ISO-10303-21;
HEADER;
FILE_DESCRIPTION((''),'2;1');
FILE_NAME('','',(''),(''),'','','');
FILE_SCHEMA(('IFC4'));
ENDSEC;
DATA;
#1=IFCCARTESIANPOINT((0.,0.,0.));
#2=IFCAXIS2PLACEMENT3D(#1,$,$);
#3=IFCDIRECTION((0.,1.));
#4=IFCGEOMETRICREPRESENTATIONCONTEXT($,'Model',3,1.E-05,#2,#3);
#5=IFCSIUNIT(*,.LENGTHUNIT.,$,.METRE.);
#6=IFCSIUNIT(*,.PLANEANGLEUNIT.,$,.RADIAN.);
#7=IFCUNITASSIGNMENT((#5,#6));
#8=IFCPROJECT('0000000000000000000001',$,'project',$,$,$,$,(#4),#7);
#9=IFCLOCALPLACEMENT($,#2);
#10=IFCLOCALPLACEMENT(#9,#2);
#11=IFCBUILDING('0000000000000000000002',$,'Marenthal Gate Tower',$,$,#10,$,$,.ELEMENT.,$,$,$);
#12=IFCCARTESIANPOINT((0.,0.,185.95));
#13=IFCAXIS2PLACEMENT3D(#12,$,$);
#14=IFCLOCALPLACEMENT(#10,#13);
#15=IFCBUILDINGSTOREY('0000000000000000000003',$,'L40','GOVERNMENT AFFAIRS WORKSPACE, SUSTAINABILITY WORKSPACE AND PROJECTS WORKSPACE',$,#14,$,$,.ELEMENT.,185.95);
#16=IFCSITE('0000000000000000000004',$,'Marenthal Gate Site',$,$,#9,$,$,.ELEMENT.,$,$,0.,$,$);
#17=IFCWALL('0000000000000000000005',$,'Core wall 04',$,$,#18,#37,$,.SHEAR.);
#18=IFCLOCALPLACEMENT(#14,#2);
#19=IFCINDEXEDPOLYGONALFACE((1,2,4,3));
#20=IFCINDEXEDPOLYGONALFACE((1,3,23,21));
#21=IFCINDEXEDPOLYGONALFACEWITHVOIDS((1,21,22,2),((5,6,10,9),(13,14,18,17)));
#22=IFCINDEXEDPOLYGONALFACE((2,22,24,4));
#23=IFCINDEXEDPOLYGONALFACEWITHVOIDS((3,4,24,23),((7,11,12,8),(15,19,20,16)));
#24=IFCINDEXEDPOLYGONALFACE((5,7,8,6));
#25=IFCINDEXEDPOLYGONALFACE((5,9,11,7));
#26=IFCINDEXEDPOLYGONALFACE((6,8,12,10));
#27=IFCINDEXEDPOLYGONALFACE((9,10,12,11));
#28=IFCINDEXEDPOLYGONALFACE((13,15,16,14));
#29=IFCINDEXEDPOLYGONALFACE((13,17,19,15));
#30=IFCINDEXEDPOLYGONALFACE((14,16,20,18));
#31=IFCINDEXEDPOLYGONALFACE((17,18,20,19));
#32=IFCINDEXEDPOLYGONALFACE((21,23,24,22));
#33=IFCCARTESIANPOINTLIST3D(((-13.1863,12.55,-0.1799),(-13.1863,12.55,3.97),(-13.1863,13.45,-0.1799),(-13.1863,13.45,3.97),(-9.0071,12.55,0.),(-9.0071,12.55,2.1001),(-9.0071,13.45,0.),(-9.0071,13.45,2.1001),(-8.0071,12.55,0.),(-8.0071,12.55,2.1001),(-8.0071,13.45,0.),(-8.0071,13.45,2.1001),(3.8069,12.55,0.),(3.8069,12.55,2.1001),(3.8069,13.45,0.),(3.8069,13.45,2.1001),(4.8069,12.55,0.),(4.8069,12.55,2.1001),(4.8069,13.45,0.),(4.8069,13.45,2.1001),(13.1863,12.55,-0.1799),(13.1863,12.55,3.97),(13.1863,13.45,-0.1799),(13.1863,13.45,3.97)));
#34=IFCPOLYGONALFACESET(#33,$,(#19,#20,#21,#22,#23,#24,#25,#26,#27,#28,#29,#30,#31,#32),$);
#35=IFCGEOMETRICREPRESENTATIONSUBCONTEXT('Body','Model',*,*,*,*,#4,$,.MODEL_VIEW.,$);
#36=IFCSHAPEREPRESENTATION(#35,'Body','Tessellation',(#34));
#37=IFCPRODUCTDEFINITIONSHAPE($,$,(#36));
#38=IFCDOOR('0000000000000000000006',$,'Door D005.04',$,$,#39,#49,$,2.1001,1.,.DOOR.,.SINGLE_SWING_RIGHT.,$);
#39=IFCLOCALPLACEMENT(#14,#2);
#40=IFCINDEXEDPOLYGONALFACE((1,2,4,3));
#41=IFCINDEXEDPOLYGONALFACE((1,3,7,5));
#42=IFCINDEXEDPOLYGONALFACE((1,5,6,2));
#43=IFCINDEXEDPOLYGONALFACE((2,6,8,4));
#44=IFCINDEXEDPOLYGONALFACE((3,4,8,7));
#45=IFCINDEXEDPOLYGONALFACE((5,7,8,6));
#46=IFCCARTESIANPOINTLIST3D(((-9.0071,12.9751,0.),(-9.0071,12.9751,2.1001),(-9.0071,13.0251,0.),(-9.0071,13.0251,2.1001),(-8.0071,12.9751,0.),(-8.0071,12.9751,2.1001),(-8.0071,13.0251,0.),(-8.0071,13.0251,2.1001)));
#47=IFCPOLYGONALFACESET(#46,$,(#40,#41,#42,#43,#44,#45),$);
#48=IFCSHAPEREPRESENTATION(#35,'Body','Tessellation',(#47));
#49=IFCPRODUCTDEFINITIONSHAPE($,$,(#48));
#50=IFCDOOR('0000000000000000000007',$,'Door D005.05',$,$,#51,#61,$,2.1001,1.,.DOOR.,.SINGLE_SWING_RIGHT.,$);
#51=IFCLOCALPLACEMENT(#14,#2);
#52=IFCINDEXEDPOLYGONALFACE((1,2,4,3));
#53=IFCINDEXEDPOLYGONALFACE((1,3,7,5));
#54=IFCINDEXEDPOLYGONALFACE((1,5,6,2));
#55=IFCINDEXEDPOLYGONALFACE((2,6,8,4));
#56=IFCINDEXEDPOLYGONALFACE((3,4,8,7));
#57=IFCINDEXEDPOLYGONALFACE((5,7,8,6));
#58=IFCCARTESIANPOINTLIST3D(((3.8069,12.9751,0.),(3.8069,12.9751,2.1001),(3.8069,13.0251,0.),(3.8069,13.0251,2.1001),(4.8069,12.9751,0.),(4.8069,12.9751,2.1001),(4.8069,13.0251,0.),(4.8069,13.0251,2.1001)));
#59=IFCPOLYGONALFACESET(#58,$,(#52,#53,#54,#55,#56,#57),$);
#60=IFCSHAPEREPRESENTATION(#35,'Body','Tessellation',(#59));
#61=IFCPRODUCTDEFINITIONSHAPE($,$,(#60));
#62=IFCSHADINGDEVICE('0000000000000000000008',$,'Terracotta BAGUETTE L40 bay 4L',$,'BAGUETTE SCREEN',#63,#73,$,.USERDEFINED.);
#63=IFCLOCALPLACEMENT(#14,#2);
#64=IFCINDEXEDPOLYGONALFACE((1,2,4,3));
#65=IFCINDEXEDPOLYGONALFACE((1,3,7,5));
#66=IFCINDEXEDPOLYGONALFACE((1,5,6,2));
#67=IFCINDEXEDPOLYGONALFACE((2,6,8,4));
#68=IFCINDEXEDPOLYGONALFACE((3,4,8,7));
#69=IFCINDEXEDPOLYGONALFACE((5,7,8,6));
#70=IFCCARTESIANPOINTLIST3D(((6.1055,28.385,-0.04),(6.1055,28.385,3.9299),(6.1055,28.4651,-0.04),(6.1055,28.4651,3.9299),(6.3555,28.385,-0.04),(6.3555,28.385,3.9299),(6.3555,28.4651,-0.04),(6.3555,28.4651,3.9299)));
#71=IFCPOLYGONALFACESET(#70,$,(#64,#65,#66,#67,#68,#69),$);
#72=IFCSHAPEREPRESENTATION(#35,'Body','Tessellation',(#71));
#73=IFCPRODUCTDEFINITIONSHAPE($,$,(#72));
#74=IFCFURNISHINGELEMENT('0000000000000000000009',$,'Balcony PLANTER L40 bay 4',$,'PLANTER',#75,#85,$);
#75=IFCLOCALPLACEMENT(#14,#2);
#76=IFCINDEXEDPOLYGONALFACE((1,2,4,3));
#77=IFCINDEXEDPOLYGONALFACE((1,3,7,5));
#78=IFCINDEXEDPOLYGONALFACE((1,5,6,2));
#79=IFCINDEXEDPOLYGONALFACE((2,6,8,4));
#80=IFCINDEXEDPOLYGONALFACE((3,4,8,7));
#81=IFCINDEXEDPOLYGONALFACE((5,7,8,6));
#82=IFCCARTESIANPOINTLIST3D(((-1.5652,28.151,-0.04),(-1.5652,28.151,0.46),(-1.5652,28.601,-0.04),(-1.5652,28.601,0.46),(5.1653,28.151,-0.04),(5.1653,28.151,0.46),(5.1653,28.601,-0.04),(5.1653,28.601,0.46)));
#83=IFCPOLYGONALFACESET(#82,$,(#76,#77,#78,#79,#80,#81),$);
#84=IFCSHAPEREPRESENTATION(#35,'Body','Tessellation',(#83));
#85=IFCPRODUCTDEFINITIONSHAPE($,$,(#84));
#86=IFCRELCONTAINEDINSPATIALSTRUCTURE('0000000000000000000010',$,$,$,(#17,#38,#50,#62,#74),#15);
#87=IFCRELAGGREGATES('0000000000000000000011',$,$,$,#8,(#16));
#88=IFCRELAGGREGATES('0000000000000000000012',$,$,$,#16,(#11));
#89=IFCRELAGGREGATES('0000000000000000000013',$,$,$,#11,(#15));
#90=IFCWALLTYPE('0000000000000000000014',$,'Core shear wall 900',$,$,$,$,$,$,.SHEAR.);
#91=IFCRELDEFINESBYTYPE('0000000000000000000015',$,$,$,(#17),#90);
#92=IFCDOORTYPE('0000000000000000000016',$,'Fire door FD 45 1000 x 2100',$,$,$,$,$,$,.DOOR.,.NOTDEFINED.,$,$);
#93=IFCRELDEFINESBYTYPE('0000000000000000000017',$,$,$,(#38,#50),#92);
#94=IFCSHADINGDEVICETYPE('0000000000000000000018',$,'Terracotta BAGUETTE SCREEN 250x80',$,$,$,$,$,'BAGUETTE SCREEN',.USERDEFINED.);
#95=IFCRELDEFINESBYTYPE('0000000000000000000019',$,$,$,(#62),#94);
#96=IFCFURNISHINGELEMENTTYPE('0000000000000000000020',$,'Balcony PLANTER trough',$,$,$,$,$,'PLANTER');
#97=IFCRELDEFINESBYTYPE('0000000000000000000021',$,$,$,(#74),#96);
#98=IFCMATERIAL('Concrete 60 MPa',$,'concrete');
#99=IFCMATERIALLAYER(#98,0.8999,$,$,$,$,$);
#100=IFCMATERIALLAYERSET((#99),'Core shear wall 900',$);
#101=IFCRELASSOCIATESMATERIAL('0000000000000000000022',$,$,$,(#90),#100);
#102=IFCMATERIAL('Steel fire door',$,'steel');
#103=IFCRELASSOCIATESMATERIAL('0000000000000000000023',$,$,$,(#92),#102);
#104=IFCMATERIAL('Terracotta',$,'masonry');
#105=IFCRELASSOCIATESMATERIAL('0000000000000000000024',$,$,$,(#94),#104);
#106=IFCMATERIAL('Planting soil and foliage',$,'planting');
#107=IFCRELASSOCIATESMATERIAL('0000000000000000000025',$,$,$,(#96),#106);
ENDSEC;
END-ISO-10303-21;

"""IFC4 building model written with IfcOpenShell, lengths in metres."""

from ifc_helpers import new_model, si_unit, direction, frame, frame_2d, origin, origin_2d, place, context, subcontext, project, spatial, rectangle, extrude, material, layer, layer_set, material_profile, profile_set, type_object, element, fill, save


model = new_model("IFC4")

# Units and contexts
model_context = context("Model", 3, precision=1e-05, world=origin(), true_north=direction((0.0, 1.0)))
body_context = subcontext(model_context, "Body", "Model", "MODEL_VIEW")
ifc_project = project(units=[si_unit("LENGTHUNIT", "METRE"), si_unit("PLANEANGLEUNIT", "RADIAN")], contexts=[model_context])

# Site, building, storey
site_placement = place(None, origin())
site = spatial("IfcSite", under=ifc_project, at=site_placement, Name="Marenthal Gate Site", CompositionType="ELEMENT", RefElevation=0.0)
building_placement = place(site_placement, origin())
building = spatial("IfcBuilding", under=site, at=building_placement, Name="Marenthal Gate Tower", CompositionType="ELEMENT")
storey_placement = place(building_placement, frame((0.0, 0.0, 185.95)))
storey = spatial("IfcBuildingStorey", under=building, at=storey_placement, Name="L40", Description="GOVERNMENT AFFAIRS WORKSPACE, SUSTAINABILITY WORKSPACE AND PROJECTS WORKSPACE", CompositionType="ELEMENT", Elevation=185.95)

# Shared definitions
ifc_material_1 = material(Name="Concrete 60 MPa", Category="concrete")
ifc_layer_1 = layer(ifc_material_1, 0.8999)
ifc_layer_set_1 = layer_set([ifc_layer_1], Name="Core shear wall 900")
wall_type_1 = type_object("IfcWallType", Name="Core shear wall 900", PredefinedType="SHEAR", material=ifc_layer_set_1)

# Wall, openings, doors
wall_1_placement = place(storey_placement, frame((13.1863, 13.0, -0.1799), z_axis=(0.0, 0.0, 1.0), x_axis=(-1.0, 0.0, 0.0)))
wall_1 = element("IfcWall", 1, at=wall_1_placement, inside=storey, type_object=wall_type_1, Name="Core wall 04", PredefinedType="SHEAR", context=body_context, shape_type="SweptSolid", body=[
    extrude(rectangle(XDim=26.3726, YDim=0.8999, at=frame_2d((13.1863, 0.0))), origin(), (0.0, 0.0, 1.0), 4.1499),
])
opening_1_placement = place(wall_1_placement, frame((21.1934, 0.0, 0.1799)))
opening_1 = element("IfcOpeningElement", 2, at=opening_1_placement, cuts=wall_1, PredefinedType="OPENING", context=body_context, shape_type="SweptSolid", body=[
    extrude(rectangle(XDim=1.0, YDim=2.1001, at=frame_2d((0.5, 1.05))), frame((0.0, 0.46, 0.0), z_axis=(0.0, -1.0, 0.0), x_axis=(1.0, 0.0, 0.0)), (0.0, 0.0, 1.0), 0.9199),
])
opening_2_placement = place(wall_1_placement, frame((8.3794, 0.0, 0.1799)))
opening_2 = element("IfcOpeningElement", 3, at=opening_2_placement, cuts=wall_1, PredefinedType="OPENING", context=body_context, shape_type="SweptSolid", body=[
    extrude(rectangle(XDim=1.0, YDim=2.1001, at=frame_2d((0.5, 1.05))), frame((0.0, 0.46, 0.0), z_axis=(0.0, -1.0, 0.0), x_axis=(1.0, 0.0, 0.0)), (0.0, 0.0, 1.0), 0.9199),
])
ifc_material_2 = material(Name="Steel fire door", Category="steel")
door_type_1 = type_object("IfcDoorType", Name="Fire door FD 45 1000 x 2100", OperationType="NOTDEFINED", PredefinedType="DOOR", material=ifc_material_2)
door_1_placement = place(opening_1_placement, origin())
door_1 = element("IfcDoor", 4, at=door_1_placement, inside=storey, type_object=door_type_1, Name="Door D005.04", OperationType="SINGLE_SWING_RIGHT", OverallHeight=2.1001, OverallWidth=1.0, PredefinedType="DOOR", context=body_context, shape_type="SweptSolid", body=[
    extrude(rectangle(XDim=1.0, YDim=2.1001, at=frame_2d((0.5, 1.05))), frame((0.0, 0.0249, 0.0), z_axis=(0.0, -1.0, 0.0), x_axis=(1.0, 0.0, 0.0)), (0.0, 0.0, 1.0), 0.05),
])
fill(opening_1, door_1)
door_2_placement = place(opening_2_placement, origin())
door_2 = element("IfcDoor", 5, at=door_2_placement, inside=storey, type_object=door_type_1, Name="Door D005.05", OperationType="SINGLE_SWING_RIGHT", OverallHeight=2.1001, OverallWidth=1.0, PredefinedType="DOOR", context=body_context, shape_type="SweptSolid", body=[
    extrude(rectangle(XDim=1.0, YDim=2.1001, at=frame_2d((0.5, 1.05))), frame((0.0, 0.0249, 0.0), z_axis=(0.0, -1.0, 0.0), x_axis=(1.0, 0.0, 0.0)), (0.0, 0.0, 1.0), 0.05),
])
fill(opening_2, door_2)

# Shading device
ifc_material_3 = material(Name="Terracotta", Category="masonry")
ifc_material_profile_1 = material_profile(ifc_material_3, rectangle(XDim=0.25, YDim=0.0801, at=origin_2d()), Name="Terracotta baguette 250x80")
ifc_profile_set_1 = profile_set([ifc_material_profile_1], Name="Terracotta")
shading_device_type = type_object("IfcShadingDeviceType", Name="Terracotta BAGUETTE SCREEN 250x80", ElementType="BAGUETTE SCREEN", PredefinedType="USERDEFINED", material=ifc_profile_set_1)
shading_device_placement = place(storey_placement, frame((6.2305, 28.425, -0.04), z_axis=(0.0, 0.0, 1.0), x_axis=(-1.0, 0.0, 0.0)))
element("IfcShadingDevice", 6, at=shading_device_placement, inside=storey, type_object=shading_device_type, Name="Terracotta BAGUETTE L40 bay 4L", ObjectType="BAGUETTE SCREEN", PredefinedType="USERDEFINED", context=body_context, shape_type="SweptSolid", body=[
    extrude(rectangle(XDim=0.25, YDim=0.0801, at=origin_2d()), origin(), (0.0, 0.0, 1.0), 3.97),
])

# Furnishing element
ifc_material_4 = material(Name="Planting soil and foliage", Category="planting")
furnishing_element_type = type_object("IfcFurnishingElementType", Name="Balcony PLANTER trough", ElementType="PLANTER", material=ifc_material_4)
furnishing_placement = place(storey_placement, frame((1.8, 28.376, -0.04), z_axis=(0.0, 0.0, 1.0), x_axis=(-1.0, 0.0, 0.0)))
element("IfcFurnishingElement", 7, at=furnishing_placement, inside=storey, type_object=furnishing_element_type, Name="Balcony PLANTER L40 bay 4", ObjectType="PLANTER", context=body_context, shape_type="SweptSolid", body=[
    extrude(rectangle(XDim=6.7305, YDim=0.45, at=origin_2d()), origin(), (0.0, 0.0, 1.0), 0.5),
])

save(model, "model.ifc")
